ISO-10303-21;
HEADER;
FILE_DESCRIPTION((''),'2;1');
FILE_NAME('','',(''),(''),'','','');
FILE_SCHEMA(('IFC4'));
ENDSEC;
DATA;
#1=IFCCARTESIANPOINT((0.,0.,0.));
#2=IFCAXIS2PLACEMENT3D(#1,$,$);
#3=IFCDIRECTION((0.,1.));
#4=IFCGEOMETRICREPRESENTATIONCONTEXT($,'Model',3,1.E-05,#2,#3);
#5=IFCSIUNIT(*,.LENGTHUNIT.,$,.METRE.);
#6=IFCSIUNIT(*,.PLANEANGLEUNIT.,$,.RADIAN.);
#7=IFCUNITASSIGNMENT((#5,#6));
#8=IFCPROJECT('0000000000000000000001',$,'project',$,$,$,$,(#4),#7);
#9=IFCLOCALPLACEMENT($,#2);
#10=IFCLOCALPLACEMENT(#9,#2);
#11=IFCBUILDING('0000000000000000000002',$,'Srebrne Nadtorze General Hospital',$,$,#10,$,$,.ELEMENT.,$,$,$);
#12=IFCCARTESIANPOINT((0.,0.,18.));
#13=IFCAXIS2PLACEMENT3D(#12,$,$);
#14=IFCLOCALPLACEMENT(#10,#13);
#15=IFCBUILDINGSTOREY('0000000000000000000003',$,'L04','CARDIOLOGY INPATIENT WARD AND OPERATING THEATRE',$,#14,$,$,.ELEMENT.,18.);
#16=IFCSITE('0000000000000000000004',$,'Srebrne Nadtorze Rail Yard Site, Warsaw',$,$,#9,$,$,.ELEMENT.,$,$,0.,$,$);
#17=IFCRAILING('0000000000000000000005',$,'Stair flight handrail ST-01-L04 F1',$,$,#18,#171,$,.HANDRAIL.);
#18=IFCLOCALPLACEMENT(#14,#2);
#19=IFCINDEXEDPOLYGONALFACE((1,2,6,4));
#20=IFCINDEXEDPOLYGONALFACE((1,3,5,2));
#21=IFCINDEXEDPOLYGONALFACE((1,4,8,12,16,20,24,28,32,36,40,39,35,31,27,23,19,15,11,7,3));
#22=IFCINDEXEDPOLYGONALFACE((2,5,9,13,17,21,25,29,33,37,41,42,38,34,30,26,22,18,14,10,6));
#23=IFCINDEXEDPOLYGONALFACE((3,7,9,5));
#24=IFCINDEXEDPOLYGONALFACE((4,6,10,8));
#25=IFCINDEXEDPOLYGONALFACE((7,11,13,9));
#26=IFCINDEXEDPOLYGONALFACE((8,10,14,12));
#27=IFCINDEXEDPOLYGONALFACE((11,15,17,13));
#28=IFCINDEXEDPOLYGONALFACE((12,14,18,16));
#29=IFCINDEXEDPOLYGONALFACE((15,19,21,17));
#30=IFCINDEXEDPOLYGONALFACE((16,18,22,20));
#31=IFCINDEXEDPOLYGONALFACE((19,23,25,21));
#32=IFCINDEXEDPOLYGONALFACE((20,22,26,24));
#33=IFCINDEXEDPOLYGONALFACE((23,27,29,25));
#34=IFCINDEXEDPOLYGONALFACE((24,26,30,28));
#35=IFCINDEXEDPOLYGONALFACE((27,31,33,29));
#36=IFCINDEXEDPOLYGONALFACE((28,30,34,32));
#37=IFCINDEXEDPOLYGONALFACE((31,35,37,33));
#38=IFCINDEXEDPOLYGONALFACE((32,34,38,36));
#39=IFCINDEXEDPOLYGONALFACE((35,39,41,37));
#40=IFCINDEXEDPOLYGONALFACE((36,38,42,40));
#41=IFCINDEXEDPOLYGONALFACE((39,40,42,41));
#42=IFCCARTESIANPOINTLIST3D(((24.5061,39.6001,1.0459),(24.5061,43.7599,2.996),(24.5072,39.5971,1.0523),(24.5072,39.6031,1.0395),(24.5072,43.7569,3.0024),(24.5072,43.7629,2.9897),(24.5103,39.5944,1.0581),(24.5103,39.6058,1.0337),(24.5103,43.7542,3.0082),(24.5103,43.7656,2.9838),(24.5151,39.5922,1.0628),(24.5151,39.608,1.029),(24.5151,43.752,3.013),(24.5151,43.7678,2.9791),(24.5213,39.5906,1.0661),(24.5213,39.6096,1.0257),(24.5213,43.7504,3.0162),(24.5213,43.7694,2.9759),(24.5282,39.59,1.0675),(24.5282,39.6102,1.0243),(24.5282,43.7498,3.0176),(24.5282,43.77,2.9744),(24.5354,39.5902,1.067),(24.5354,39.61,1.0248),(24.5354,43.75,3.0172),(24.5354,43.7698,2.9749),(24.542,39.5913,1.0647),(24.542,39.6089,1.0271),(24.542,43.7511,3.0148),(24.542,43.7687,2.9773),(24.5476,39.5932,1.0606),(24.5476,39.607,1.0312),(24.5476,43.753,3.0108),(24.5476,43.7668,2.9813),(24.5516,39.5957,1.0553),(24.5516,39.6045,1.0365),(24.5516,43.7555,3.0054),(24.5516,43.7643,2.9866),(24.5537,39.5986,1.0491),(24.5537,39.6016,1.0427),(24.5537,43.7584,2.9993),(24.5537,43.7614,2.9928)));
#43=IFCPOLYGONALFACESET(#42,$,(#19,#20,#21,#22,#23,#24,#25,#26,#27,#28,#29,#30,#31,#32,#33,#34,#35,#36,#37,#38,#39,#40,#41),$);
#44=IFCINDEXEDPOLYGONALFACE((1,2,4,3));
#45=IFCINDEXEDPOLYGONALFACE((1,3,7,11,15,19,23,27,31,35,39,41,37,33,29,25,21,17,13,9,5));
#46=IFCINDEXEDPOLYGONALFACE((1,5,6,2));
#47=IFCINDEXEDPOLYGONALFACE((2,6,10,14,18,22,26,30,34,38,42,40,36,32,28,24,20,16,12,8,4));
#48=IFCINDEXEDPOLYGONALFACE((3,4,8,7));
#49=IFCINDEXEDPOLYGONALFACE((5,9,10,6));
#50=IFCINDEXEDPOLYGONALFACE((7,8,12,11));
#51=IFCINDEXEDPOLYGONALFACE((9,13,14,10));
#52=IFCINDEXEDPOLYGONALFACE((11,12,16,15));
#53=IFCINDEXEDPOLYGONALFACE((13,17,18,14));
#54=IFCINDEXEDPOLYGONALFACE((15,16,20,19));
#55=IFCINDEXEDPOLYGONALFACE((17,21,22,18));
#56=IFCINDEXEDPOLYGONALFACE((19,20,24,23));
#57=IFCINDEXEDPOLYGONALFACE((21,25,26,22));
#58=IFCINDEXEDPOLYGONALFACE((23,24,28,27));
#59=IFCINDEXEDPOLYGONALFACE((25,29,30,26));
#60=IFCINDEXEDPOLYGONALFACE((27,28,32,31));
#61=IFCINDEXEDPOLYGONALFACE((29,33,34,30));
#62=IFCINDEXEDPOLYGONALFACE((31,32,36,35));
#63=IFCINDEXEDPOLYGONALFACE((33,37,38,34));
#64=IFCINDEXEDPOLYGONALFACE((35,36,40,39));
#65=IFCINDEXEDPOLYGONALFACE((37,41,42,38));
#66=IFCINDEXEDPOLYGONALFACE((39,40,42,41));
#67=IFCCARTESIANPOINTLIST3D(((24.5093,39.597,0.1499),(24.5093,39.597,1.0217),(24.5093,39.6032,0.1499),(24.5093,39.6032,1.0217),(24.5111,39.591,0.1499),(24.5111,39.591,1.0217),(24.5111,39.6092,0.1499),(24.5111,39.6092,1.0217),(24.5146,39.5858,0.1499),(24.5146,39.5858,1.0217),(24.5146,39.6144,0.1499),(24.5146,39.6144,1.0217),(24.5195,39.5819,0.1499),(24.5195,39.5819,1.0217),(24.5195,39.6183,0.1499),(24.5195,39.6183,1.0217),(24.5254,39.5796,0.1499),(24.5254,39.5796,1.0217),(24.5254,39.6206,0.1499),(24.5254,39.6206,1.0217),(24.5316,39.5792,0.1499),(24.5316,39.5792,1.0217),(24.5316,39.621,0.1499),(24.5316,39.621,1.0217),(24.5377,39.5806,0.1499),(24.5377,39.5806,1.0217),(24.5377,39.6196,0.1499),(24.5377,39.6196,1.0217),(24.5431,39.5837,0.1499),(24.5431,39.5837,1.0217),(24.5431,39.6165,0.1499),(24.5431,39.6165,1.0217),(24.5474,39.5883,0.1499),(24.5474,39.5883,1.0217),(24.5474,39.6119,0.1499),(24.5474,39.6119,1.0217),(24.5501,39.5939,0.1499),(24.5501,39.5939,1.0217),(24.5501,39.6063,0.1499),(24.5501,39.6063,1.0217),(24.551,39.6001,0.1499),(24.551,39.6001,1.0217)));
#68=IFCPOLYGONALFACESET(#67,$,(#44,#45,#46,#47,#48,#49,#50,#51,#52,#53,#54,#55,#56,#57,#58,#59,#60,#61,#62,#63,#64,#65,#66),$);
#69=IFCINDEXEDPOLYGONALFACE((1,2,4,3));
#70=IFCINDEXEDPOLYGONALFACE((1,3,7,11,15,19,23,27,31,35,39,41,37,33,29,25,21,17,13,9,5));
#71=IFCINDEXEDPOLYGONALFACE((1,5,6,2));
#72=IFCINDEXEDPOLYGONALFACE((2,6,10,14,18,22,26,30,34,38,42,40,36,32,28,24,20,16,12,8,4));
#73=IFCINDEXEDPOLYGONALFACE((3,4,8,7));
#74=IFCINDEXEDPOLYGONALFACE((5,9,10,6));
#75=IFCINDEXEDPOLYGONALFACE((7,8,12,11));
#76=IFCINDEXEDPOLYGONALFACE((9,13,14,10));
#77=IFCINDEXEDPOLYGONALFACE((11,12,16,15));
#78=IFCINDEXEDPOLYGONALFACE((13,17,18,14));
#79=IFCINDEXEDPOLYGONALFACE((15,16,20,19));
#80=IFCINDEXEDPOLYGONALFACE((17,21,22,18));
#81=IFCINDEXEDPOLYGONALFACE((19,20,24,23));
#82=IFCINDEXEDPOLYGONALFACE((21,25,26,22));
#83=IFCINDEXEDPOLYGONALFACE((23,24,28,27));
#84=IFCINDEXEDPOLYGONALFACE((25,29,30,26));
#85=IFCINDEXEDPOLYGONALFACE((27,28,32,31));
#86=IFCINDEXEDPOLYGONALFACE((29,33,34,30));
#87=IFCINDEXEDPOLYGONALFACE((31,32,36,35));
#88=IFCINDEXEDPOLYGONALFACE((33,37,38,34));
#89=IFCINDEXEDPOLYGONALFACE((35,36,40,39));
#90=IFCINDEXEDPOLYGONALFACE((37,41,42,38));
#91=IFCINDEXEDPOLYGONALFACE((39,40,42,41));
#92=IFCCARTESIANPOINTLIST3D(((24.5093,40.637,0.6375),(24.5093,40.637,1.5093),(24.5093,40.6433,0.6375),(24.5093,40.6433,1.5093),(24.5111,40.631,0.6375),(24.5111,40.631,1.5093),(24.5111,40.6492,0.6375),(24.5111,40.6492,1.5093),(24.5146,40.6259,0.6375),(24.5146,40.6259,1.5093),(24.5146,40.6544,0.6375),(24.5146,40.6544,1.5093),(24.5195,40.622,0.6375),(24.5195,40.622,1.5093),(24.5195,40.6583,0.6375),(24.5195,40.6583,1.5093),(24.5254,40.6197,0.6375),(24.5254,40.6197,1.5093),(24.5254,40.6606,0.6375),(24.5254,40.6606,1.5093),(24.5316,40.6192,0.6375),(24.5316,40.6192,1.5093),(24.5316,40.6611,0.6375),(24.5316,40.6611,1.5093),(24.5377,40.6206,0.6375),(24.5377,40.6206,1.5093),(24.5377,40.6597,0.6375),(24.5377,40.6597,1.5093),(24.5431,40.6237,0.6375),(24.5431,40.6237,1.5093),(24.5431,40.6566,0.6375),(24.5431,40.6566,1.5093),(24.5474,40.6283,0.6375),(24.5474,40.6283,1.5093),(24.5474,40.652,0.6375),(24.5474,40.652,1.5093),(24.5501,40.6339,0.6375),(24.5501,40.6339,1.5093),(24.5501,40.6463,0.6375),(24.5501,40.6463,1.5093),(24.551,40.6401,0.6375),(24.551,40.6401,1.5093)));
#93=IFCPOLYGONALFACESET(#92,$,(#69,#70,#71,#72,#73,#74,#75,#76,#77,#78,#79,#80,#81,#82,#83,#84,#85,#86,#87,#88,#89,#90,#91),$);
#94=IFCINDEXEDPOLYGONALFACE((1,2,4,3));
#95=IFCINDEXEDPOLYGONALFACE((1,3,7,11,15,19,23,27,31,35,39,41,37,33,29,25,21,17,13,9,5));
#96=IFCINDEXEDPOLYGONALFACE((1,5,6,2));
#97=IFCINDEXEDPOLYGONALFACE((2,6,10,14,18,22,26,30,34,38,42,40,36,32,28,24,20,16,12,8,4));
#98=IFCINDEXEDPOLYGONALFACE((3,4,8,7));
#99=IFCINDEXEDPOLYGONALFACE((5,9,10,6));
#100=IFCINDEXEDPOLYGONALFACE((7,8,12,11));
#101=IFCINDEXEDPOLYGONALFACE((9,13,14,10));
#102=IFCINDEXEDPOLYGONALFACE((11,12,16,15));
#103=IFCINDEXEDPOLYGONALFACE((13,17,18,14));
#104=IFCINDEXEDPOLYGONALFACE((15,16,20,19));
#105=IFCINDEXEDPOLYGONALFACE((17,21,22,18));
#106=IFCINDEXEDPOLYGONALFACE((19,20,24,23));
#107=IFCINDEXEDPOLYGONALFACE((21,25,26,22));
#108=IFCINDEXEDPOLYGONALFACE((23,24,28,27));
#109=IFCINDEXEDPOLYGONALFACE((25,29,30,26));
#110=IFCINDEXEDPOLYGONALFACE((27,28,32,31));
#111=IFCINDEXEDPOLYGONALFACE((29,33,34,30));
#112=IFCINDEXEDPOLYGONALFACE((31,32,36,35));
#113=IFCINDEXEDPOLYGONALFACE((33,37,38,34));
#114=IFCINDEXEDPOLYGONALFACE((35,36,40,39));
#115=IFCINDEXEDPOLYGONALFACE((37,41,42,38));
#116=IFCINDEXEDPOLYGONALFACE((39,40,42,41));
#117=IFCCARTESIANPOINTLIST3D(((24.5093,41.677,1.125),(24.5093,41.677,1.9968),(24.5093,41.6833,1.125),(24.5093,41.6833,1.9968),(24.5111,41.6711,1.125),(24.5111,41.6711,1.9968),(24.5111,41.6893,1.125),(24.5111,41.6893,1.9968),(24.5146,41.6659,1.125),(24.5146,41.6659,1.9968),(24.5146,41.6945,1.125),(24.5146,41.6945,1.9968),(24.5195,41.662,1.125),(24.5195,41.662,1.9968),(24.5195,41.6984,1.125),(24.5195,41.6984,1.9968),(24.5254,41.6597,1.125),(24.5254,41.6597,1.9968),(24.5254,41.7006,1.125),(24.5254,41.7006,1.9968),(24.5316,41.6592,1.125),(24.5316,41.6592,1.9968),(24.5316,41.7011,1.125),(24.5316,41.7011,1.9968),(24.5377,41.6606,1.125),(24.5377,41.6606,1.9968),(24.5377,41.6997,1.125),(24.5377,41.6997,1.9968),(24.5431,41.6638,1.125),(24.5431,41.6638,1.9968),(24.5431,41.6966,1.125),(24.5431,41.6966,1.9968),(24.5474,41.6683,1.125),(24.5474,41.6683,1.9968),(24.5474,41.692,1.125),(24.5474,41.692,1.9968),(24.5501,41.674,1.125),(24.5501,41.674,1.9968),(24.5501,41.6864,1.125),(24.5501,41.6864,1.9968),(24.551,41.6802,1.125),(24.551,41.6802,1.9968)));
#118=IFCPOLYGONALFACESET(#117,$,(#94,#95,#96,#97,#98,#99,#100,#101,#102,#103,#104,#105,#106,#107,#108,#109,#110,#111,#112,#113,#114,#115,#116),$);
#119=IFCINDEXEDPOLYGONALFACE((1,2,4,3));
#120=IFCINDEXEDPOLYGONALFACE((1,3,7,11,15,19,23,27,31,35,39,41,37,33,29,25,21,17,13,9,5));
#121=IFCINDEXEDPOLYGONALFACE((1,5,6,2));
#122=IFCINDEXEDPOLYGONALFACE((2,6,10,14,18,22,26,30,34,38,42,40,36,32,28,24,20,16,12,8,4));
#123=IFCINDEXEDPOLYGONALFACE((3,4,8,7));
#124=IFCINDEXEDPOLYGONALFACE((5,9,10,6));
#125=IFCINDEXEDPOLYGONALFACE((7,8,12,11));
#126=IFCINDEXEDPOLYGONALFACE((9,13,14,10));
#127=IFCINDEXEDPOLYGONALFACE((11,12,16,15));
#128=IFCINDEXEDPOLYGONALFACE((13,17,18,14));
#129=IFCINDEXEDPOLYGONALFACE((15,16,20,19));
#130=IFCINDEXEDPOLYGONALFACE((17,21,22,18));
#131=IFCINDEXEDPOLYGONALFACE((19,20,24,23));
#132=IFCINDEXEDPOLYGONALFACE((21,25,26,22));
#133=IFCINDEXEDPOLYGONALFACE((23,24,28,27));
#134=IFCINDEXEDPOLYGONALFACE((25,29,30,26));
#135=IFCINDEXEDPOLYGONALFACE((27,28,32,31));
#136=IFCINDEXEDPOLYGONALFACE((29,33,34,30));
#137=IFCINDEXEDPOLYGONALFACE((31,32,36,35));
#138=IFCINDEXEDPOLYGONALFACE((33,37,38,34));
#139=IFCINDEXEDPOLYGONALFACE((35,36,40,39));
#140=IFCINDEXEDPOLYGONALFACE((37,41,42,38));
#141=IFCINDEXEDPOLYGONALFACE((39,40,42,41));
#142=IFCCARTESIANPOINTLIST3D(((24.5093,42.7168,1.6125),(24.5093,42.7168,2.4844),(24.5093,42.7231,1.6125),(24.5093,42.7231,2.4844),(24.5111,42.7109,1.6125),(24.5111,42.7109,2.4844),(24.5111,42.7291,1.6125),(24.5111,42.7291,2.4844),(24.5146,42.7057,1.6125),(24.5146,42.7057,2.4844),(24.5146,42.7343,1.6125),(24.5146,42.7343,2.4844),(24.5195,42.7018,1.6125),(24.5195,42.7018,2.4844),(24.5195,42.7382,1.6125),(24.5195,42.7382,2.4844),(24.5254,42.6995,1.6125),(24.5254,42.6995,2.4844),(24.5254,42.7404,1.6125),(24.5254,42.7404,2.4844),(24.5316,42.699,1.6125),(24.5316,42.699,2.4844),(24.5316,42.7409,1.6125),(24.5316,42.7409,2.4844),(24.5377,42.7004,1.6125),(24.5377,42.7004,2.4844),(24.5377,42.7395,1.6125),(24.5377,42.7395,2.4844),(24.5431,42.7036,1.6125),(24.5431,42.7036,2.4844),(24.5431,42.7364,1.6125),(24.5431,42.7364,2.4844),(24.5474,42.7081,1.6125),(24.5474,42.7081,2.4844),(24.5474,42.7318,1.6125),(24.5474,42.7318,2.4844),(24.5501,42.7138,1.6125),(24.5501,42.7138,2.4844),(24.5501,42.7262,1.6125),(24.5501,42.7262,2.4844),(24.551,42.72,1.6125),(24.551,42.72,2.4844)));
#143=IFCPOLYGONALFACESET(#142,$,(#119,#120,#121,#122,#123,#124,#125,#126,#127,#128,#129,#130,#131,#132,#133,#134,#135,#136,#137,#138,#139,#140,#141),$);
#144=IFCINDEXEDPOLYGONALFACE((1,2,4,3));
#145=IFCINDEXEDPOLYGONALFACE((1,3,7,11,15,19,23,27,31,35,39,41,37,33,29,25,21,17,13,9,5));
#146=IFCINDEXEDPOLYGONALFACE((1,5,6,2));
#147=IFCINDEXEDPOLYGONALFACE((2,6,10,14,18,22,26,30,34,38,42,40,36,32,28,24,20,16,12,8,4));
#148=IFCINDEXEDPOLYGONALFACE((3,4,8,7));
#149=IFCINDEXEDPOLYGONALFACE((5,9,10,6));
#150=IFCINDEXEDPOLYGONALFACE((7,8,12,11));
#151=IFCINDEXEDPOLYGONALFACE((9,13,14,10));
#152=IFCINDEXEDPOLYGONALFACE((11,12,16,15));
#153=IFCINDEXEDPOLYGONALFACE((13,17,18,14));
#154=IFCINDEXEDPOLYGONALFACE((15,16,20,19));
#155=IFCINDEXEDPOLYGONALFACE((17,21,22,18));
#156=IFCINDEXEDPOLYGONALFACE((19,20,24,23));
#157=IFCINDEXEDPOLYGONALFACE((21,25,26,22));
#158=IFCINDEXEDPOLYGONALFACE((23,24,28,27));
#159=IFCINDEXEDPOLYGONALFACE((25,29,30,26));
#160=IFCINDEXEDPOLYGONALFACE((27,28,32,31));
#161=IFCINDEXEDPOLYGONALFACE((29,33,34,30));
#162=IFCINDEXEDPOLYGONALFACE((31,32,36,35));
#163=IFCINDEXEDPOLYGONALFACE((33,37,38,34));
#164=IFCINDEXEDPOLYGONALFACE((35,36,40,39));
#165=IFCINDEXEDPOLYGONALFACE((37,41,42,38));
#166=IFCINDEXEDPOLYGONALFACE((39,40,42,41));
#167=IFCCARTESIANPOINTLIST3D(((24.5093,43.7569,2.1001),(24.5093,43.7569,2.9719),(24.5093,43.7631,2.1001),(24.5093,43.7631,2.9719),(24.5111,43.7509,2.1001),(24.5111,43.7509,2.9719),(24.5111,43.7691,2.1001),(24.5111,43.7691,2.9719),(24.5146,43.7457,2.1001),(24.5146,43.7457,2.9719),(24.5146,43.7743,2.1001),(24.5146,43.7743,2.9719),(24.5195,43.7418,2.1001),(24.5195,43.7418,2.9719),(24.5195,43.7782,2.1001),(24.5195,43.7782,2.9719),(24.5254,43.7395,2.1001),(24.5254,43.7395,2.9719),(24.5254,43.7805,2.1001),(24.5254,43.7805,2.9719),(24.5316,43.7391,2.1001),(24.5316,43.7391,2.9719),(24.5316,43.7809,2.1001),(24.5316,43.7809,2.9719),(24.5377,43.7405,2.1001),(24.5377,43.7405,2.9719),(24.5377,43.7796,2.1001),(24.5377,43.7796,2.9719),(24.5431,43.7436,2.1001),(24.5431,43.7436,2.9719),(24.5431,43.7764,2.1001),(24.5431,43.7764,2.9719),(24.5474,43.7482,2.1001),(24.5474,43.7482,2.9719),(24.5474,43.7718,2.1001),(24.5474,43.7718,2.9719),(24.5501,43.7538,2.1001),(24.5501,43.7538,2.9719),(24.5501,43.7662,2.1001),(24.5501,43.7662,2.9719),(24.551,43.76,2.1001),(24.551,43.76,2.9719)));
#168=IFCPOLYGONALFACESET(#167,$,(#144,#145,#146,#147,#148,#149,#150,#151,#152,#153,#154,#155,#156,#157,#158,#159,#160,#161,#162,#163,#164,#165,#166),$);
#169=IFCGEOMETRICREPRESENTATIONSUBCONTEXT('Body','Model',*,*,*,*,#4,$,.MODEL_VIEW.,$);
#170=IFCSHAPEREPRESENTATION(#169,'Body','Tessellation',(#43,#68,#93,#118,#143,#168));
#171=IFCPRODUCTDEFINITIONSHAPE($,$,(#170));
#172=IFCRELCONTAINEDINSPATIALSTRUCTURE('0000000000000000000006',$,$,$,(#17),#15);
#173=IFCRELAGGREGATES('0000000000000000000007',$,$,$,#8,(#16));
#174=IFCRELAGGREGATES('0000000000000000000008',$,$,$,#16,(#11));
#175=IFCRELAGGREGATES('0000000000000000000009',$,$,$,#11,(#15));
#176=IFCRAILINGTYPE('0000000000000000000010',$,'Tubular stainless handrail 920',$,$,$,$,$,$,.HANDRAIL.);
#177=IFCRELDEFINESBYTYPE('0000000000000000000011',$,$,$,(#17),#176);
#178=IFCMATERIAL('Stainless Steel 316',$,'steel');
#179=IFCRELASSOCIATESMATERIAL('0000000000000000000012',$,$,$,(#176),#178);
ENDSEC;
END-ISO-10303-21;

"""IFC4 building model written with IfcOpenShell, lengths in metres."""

from ifc_helpers import new_model, si_unit, direction, frame, origin, origin_2d, place, context, subcontext, project, spatial, circle, extrude, material, type_object, element, save


model = new_model("IFC4")

# Units and contexts
model_context = context("Model", 3, precision=1e-05, world=origin(), true_north=direction((0.0, 1.0)))
body_context = subcontext(model_context, "Body", "Model", "MODEL_VIEW")
ifc_project = project(units=[si_unit("LENGTHUNIT", "METRE"), si_unit("PLANEANGLEUNIT", "RADIAN")], contexts=[model_context])

# Site, building, storey
site_placement = place(None, origin())
site = spatial("IfcSite", under=ifc_project, at=site_placement, Name="Srebrne Nadtorze Rail Yard Site, Warsaw", CompositionType="ELEMENT", RefElevation=0.0)
building_placement = place(site_placement, origin())
building = spatial("IfcBuilding", under=site, at=building_placement, Name="Srebrne Nadtorze General Hospital", CompositionType="ELEMENT")
storey_placement = place(building_placement, frame((0.0, 0.0, 18.0)))
storey = spatial("IfcBuildingStorey", under=building, at=storey_placement, Name="L04", Description="CARDIOLOGY INPATIENT WARD AND OPERATING THEATRE", CompositionType="ELEMENT", Elevation=18.0)

# Railing
ifc_material_1 = material(Name="Stainless Steel 316", Category="steel")
railing_type_1 = type_object("IfcRailingType", Name="Tubular stainless handrail 920", PredefinedType="HANDRAIL", material=ifc_material_1)
railing_1_placement = place(storey_placement, frame((24.53, 39.6001, 0.1499)))
element("IfcRailing", 1, at=railing_1_placement, inside=storey, type_object=railing_type_1, Name="Stair flight handrail ST-01-L04 F1", PredefinedType="HANDRAIL", context=body_context, shape_type="SweptSolid", body=[
    extrude(circle(Radius=0.0239, at=origin_2d()), frame((0.0, 0.0, 0.896), z_axis=(0.0, 0.905439, 0.424476), x_axis=(-1.0, 0.0, 0.0)), (0.0, 0.0, 1.0), 4.5942),
    extrude(circle(Radius=0.021, at=origin_2d()), origin(), (0.0, 0.0, 1.0), 0.8718),
    extrude(circle(Radius=0.021, at=origin_2d()), frame((0.0, 1.04, 0.4875)), (0.0, 0.0, 1.0), 0.8718),
    extrude(circle(Radius=0.021, at=origin_2d()), frame((0.0, 2.0801, 0.9751)), (0.0, 0.0, 1.0), 0.8718),
    extrude(circle(Radius=0.021, at=origin_2d()), frame((0.0, 3.1199, 1.4626)), (0.0, 0.0, 1.0), 0.8718),
    extrude(circle(Radius=0.021, at=origin_2d()), frame((0.0, 4.1599, 1.9502)), (0.0, 0.0, 1.0), 0.8718),
])

save(model, "model.ifc")
